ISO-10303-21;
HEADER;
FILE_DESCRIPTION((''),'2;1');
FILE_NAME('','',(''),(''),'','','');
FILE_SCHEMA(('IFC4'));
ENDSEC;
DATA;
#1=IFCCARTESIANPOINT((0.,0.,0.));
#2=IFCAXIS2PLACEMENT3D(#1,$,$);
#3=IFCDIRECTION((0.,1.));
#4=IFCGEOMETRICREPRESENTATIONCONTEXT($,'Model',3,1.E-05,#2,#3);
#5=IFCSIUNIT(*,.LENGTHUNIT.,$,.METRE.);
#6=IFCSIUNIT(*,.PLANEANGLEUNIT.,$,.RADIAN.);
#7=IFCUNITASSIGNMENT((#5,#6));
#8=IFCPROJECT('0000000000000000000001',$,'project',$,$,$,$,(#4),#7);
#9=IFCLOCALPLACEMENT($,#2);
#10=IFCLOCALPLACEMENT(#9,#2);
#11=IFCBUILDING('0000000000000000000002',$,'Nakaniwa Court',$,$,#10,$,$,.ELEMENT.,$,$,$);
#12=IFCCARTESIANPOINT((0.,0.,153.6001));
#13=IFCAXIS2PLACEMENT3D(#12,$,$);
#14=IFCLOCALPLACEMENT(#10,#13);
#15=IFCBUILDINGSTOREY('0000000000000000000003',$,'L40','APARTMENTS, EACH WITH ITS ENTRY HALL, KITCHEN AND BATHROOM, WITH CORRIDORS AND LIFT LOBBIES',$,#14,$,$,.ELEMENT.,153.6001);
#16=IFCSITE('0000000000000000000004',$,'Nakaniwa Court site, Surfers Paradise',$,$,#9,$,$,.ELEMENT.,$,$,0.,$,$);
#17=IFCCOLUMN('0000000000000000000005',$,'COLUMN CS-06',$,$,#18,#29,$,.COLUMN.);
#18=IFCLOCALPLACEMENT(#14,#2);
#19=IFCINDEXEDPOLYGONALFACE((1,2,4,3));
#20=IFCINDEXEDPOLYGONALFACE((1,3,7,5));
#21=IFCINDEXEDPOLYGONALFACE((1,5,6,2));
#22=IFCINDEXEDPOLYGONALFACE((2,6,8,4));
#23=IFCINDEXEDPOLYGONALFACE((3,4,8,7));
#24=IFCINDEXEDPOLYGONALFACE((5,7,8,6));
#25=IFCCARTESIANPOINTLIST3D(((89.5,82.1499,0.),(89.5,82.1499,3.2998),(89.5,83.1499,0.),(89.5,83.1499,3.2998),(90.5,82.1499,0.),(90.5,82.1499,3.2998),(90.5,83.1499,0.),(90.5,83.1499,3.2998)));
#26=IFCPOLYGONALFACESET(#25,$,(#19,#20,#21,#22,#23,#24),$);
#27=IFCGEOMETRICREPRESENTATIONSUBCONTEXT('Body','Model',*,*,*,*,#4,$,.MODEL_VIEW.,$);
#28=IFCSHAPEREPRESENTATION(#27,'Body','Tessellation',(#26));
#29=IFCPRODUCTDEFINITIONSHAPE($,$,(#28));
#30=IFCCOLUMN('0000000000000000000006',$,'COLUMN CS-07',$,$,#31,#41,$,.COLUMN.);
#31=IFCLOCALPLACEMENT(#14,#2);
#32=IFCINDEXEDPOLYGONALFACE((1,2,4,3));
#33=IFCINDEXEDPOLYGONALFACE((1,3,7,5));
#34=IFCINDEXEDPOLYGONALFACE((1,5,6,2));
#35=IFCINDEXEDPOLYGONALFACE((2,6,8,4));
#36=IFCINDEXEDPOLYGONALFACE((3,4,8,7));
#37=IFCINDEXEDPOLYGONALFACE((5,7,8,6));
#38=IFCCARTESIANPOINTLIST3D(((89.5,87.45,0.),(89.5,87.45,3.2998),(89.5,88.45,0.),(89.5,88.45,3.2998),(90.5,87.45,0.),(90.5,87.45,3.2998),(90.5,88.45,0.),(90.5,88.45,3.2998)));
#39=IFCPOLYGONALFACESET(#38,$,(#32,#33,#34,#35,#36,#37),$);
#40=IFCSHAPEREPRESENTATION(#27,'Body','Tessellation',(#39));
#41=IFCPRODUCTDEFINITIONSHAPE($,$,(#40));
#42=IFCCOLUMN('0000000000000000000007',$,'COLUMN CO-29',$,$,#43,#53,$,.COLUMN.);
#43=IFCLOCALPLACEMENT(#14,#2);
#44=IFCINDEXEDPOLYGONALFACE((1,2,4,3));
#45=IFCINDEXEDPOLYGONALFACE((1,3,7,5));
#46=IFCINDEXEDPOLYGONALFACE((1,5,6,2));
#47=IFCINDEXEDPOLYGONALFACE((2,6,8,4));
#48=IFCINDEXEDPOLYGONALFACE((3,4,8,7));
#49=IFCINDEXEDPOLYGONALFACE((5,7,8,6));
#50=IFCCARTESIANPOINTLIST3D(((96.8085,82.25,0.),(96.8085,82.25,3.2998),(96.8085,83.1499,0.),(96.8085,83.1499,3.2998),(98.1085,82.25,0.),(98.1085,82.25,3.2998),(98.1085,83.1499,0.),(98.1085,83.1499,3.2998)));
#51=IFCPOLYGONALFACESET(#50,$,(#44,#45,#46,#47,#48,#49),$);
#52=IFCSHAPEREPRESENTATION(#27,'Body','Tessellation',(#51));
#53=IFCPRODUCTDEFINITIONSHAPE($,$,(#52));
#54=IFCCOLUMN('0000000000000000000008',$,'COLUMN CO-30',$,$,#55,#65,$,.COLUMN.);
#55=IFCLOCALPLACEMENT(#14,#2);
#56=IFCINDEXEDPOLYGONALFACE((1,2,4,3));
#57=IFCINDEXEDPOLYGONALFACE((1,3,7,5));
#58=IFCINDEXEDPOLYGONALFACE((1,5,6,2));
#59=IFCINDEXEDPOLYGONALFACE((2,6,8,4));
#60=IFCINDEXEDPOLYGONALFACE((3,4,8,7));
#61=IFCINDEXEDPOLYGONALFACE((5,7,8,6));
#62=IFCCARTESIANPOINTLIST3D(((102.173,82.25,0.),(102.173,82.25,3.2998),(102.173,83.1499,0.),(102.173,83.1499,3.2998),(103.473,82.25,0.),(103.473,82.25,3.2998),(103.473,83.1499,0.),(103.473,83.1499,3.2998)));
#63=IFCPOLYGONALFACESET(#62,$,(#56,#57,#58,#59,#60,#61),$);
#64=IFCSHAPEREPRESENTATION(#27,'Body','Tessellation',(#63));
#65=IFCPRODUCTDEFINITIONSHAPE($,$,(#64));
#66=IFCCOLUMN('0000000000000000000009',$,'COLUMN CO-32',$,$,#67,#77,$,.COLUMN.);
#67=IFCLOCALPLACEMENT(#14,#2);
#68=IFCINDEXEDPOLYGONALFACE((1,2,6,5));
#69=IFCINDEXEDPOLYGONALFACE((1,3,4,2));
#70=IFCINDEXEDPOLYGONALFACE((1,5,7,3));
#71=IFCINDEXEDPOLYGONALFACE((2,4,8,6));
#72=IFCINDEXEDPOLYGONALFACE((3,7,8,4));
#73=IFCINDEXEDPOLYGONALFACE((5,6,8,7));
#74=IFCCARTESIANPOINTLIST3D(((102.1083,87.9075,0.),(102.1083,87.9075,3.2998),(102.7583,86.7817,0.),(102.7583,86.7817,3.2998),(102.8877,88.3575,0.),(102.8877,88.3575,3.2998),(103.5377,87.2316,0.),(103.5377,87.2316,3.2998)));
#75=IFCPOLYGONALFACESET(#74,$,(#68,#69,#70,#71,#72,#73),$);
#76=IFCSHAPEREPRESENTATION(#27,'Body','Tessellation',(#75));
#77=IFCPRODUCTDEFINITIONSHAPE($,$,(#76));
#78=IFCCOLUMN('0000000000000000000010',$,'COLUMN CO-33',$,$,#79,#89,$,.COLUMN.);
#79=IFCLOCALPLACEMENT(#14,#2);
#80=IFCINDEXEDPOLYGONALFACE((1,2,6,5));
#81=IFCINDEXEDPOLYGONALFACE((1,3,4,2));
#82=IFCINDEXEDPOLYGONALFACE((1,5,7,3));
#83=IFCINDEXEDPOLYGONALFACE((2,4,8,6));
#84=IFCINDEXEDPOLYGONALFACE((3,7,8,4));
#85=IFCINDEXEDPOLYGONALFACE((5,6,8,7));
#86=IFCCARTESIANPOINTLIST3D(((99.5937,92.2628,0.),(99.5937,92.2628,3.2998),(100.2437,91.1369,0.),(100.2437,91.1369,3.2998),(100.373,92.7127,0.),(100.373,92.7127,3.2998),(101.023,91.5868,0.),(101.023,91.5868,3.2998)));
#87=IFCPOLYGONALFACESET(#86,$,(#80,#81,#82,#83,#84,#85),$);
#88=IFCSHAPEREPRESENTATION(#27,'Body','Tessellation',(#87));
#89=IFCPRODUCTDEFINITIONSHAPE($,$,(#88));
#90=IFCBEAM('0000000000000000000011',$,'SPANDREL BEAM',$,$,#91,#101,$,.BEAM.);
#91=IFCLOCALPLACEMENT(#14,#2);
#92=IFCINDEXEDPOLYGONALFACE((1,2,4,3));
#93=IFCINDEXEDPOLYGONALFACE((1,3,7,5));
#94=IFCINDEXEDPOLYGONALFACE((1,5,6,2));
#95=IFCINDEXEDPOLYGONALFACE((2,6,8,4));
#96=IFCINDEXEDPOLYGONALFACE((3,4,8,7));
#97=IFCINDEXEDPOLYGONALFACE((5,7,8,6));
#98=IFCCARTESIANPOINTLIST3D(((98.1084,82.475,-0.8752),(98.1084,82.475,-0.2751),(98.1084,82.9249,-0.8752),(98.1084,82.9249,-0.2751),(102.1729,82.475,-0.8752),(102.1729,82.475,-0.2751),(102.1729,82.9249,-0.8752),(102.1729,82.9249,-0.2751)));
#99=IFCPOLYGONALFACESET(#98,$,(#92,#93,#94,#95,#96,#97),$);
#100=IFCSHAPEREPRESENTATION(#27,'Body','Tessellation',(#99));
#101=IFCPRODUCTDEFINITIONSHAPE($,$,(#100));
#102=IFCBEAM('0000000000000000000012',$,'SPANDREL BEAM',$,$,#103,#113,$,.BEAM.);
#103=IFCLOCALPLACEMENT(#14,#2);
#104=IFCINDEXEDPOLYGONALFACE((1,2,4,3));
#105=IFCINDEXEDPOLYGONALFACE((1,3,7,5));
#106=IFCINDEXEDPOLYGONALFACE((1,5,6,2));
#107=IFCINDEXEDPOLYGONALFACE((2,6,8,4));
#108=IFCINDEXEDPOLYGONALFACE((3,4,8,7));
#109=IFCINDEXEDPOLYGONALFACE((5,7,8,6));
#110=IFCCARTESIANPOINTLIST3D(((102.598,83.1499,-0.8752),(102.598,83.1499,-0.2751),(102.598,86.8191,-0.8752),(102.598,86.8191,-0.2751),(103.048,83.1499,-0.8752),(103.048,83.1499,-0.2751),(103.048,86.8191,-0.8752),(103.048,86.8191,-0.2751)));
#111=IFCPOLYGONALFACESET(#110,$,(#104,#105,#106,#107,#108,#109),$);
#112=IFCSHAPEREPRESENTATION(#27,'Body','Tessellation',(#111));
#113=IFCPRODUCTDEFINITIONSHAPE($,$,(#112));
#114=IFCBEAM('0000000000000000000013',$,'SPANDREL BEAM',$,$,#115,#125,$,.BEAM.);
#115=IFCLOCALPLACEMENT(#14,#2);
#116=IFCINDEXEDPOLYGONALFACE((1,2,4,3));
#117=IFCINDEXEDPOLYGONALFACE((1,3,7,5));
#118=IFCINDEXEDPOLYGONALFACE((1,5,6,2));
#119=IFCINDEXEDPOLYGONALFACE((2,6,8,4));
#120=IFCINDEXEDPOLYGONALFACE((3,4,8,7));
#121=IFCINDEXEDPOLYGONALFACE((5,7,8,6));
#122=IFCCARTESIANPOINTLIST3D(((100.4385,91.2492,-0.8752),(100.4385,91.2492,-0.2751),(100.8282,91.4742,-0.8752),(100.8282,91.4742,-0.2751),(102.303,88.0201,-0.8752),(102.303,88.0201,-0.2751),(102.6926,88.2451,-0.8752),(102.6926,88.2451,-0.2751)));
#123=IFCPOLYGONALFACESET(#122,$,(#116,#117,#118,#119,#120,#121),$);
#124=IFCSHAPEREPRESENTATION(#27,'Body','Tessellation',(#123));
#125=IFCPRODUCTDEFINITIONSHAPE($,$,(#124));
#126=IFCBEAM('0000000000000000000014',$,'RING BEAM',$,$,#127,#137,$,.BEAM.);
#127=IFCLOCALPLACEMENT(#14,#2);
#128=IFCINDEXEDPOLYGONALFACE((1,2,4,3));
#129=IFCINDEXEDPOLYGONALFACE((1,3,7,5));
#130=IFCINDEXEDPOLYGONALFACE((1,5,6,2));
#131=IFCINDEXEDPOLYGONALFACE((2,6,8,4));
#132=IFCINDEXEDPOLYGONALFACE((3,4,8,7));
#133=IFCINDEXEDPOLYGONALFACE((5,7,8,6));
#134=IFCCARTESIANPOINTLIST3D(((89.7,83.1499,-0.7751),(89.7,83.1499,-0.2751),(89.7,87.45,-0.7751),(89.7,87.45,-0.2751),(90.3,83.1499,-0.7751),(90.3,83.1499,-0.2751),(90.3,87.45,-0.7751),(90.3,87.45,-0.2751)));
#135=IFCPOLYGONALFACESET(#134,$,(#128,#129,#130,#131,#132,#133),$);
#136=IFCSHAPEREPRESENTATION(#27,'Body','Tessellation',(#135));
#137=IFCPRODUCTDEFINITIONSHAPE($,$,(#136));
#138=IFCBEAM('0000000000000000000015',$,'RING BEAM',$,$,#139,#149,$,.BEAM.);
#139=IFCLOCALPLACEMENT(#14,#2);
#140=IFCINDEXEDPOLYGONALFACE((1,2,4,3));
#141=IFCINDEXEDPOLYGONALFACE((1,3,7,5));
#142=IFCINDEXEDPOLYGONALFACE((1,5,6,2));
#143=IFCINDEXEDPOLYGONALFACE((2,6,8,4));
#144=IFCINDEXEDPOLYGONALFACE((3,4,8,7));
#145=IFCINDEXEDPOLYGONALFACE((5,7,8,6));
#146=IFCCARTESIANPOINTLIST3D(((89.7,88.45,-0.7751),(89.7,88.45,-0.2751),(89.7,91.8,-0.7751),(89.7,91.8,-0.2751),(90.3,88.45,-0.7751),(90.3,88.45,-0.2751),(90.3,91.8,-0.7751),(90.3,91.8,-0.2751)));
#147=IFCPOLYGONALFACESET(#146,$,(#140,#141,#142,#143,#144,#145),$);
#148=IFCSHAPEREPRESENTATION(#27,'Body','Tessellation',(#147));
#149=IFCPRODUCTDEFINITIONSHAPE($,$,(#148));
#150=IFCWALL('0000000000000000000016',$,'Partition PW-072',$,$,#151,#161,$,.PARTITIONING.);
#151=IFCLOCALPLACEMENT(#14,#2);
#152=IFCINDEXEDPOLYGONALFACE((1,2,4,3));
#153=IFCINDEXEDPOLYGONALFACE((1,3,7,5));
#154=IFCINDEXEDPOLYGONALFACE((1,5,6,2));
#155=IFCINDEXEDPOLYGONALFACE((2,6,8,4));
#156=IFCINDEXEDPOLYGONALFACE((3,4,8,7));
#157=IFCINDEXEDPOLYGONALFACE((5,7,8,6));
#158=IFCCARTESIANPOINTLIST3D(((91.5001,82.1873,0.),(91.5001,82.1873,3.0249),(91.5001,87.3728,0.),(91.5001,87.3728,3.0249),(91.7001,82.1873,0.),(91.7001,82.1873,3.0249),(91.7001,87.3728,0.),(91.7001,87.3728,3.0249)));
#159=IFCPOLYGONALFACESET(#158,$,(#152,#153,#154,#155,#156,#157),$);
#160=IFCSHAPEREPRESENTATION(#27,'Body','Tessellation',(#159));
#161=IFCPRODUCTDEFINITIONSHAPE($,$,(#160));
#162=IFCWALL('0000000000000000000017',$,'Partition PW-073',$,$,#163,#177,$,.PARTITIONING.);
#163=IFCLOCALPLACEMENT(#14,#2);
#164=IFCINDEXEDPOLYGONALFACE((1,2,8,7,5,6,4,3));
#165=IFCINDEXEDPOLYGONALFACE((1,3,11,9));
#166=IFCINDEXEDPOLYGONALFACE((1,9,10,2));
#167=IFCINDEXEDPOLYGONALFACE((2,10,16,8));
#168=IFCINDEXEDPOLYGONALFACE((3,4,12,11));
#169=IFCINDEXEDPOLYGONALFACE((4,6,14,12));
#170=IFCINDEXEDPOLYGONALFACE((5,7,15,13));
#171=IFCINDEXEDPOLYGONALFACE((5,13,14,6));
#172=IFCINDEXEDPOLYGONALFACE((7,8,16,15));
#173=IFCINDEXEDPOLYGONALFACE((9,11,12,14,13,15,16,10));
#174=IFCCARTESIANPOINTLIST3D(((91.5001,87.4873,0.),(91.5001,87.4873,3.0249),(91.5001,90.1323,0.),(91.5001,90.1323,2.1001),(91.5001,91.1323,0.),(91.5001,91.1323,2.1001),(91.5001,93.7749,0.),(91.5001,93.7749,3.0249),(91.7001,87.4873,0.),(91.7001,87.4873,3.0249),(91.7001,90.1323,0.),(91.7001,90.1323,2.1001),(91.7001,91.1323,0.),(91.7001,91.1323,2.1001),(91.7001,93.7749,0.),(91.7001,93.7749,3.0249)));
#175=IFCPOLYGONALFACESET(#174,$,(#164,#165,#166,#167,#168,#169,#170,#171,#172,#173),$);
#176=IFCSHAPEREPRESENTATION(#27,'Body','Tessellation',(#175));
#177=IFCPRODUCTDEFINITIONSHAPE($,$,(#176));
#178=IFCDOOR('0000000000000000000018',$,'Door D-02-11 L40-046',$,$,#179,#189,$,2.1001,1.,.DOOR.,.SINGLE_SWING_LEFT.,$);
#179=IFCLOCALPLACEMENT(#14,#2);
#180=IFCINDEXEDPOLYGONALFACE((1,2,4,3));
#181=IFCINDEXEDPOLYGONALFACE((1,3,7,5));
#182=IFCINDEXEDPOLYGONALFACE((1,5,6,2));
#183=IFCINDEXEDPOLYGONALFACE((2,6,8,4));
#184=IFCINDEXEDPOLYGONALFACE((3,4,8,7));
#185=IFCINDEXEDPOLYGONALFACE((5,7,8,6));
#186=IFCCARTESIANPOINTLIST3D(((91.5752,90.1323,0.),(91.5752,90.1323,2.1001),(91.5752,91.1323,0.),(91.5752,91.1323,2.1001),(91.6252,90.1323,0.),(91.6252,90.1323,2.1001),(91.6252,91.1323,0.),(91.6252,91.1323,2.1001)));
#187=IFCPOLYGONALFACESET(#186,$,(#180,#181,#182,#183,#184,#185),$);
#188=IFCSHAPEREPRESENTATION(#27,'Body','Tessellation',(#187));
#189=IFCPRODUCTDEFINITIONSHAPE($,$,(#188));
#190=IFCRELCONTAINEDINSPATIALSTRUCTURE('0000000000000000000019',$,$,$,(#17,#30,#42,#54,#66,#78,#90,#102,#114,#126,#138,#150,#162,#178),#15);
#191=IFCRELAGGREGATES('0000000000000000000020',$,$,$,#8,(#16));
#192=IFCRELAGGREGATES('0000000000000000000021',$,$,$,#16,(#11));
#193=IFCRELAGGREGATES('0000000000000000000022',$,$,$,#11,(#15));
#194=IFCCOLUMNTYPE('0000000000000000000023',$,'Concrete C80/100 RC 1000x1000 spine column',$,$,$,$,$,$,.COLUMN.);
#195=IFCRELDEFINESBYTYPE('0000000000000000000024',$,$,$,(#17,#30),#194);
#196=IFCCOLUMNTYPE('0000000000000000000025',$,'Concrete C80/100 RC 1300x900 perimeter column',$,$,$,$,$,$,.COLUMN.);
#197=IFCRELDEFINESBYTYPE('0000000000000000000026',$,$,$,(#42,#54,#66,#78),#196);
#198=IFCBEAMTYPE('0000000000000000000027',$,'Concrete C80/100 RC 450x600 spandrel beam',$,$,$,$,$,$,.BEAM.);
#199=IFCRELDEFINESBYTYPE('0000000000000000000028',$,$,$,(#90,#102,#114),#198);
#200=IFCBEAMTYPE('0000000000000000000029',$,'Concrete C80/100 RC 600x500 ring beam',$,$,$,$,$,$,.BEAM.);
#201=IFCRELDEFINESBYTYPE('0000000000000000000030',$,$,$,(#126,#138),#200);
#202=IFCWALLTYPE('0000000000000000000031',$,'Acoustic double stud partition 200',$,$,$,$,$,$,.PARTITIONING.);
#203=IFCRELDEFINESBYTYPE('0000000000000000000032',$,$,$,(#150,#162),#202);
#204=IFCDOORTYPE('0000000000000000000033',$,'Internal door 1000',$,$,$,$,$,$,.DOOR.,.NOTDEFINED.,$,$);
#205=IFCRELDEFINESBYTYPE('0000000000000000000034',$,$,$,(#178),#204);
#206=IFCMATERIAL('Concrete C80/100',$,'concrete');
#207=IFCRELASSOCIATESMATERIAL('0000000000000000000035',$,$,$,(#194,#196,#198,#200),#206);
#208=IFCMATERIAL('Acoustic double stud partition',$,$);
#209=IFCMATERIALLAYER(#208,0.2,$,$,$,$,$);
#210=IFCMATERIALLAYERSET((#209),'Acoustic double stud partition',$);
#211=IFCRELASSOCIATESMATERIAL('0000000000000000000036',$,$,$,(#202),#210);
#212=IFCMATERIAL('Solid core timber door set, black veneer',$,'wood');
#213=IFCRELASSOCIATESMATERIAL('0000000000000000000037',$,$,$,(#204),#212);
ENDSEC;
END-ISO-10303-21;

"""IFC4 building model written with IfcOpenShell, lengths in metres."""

from ifc_helpers import new_model, si_unit, direction, frame, frame_2d, origin, origin_2d, place, context, subcontext, project, spatial, rectangle, extrude, material, layer, layer_set, material_profile, profile_set, type_object, element, fill, save


model = new_model("IFC4")

# Units and contexts
model_context = context("Model", 3, precision=1e-05, world=origin(), true_north=direction((0.0, 1.0)))
body_context = subcontext(model_context, "Body", "Model", "MODEL_VIEW")
ifc_project = project(units=[si_unit("LENGTHUNIT", "METRE"), si_unit("PLANEANGLEUNIT", "RADIAN")], contexts=[model_context])

# Site, building, storey
site_placement = place(None, origin())
site = spatial("IfcSite", under=ifc_project, at=site_placement, Name="Nakaniwa Court site, Surfers Paradise", CompositionType="ELEMENT", RefElevation=0.0)
building_placement = place(site_placement, origin())
building = spatial("IfcBuilding", under=site, at=building_placement, Name="Nakaniwa Court", CompositionType="ELEMENT")
storey_placement = place(building_placement, frame((0.0, 0.0, 153.6001)))
storey = spatial("IfcBuildingStorey", under=building, at=storey_placement, Name="L40", Description="APARTMENTS, EACH WITH ITS ENTRY HALL, KITCHEN AND BATHROOM, WITH CORRIDORS AND LIFT LOBBIES", CompositionType="ELEMENT", Elevation=153.6001)

# Columns
ifc_material_1 = material(Name="Concrete C80/100", Category="concrete")
ifc_material_profile_1 = material_profile(ifc_material_1, rectangle(XDim=1.0, YDim=1.0, at=origin_2d()), Name="Concrete C80/100 RC 1000x1000 spine column")
ifc_profile_set_1 = profile_set([ifc_material_profile_1], Name="Concrete C80/100")
column_type_1 = type_object("IfcColumnType", Name="Concrete C80/100 RC 1000x1000 spine column", PredefinedType="COLUMN", material=ifc_profile_set_1)
for number, where, z_axis, x_axis, name in (
    (1, (90.0, 82.6499, 0.0), (0.0, 0.0, 1.0), (0.0, 1.0, 0.0), "COLUMN CS-06"),
    (2, (90.0, 87.95, 0.0), (0.0, 0.0, 1.0), (0.0, 1.0, 0.0), "COLUMN CS-07"),
):
    element("IfcColumn", number, at=place(storey_placement, frame(where, z_axis=z_axis, x_axis=x_axis)), inside=storey, type_object=column_type_1, Name=name, PredefinedType="COLUMN", context=body_context, shape_type="SweptSolid", body=[
        extrude(rectangle(XDim=1.0, YDim=1.0, at=origin_2d()), origin(), (0.0, 0.0, 1.0), 3.2998),
    ])
ifc_material_profile_2 = material_profile(ifc_material_1, rectangle(XDim=1.3, YDim=0.8999, at=origin_2d()), Name="Concrete C80/100 RC 1300x900 perimeter column")
ifc_profile_set_2 = profile_set([ifc_material_profile_2], Name="Concrete C80/100")
column_type_2 = type_object("IfcColumnType", Name="Concrete C80/100 RC 1300x900 perimeter column", PredefinedType="COLUMN", material=ifc_profile_set_2)
for number, where, z_axis, x_axis, name in (
    (3, (97.4585, 82.7, 0.0), (0.0, 0.0, 1.0), (1.0, 0.0, 0.0), "COLUMN CO-29"),
    (4, (102.823, 82.7, 0.0), (0.0, 0.0, 1.0), (1.0, 0.0, 0.0), "COLUMN CO-30"),
    (5, (102.823, 87.5696, 0.0), (0.0, 0.0, 1.0), (-0.5, 0.866025, 0.0), "COLUMN CO-32"),
    (6, (100.3083, 91.9248, 0.0), (0.0, 0.0, 1.0), (-0.5, 0.866025, 0.0), "COLUMN CO-33"),
):
    element("IfcColumn", number, at=place(storey_placement, frame(where, z_axis=z_axis, x_axis=x_axis)), inside=storey, type_object=column_type_2, Name=name, PredefinedType="COLUMN", context=body_context, shape_type="SweptSolid", body=[
        extrude(rectangle(XDim=1.3, YDim=0.8999, at=origin_2d()), origin(), (0.0, 0.0, 1.0), 3.2998),
    ])

# Beams
ifc_material_profile_3 = material_profile(ifc_material_1, rectangle(XDim=0.45, YDim=0.6001, at=origin_2d()), Name="Concrete C80/100 RC 450x600 spandrel beam")
ifc_profile_set_3 = profile_set([ifc_material_profile_3], Name="Concrete C80/100")
beam_type_1 = type_object("IfcBeamType", Name="Concrete C80/100 RC 450x600 spandrel beam", PredefinedType="BEAM", material=ifc_profile_set_3)
beam_1_placement = place(storey_placement, frame((98.1084, 82.7, -0.5752), z_axis=(1.0, 0.0, 0.0), x_axis=(0.0, 1.0, 0.0)))
element("IfcBeam", 7, at=beam_1_placement, inside=storey, type_object=beam_type_1, Name="SPANDREL BEAM", PredefinedType="BEAM", context=body_context, shape_type="SweptSolid", body=[
    extrude(rectangle(XDim=0.45, YDim=0.6001, at=origin_2d()), origin(), (0.0, 0.0, 1.0), 4.0645),
])
beam_2_placement = place(storey_placement, frame((102.823, 83.1499, -0.5752), z_axis=(0.0, 1.0, 0.0), x_axis=(-1.0, 0.0, 0.0)))
element("IfcBeam", 8, at=beam_2_placement, inside=storey, type_object=beam_type_1, Name="SPANDREL BEAM", PredefinedType="BEAM", context=body_context, shape_type="SweptSolid", body=[
    extrude(rectangle(XDim=0.45, YDim=0.6001, at=origin_2d()), origin(), (0.0, 0.0, 1.0), 3.6692),
])
beam_3_placement = place(storey_placement, frame((102.4978, 88.1326, -0.5752), z_axis=(-0.500019, 0.866014, 0.0), x_axis=(-0.866014, -0.500019, 0.0)))
element("IfcBeam", 9, at=beam_3_placement, inside=storey, type_object=beam_type_1, Name="SPANDREL BEAM", PredefinedType="BEAM", context=body_context, shape_type="SweptSolid", body=[
    extrude(rectangle(XDim=0.45, YDim=0.6001, at=origin_2d()), origin(), (0.0, 0.0, 1.0), 3.7288),
])
ifc_material_profile_4 = material_profile(ifc_material_1, rectangle(XDim=0.6001, YDim=0.5, at=origin_2d()), Name="Concrete C80/100 RC 600x500 ring beam")
ifc_profile_set_4 = profile_set([ifc_material_profile_4], Name="Concrete C80/100")
beam_type_2 = type_object("IfcBeamType", Name="Concrete C80/100 RC 600x500 ring beam", PredefinedType="BEAM", material=ifc_profile_set_4)
beam_4_placement = place(storey_placement, frame((90.0, 83.1499, -0.5251), z_axis=(0.0, 1.0, 0.0), x_axis=(-1.0, 0.0, 0.0)))
element("IfcBeam", 10, at=beam_4_placement, inside=storey, type_object=beam_type_2, Name="RING BEAM", PredefinedType="BEAM", context=body_context, shape_type="SweptSolid", body=[
    extrude(rectangle(XDim=0.6001, YDim=0.5, at=origin_2d()), origin(), (0.0, 0.0, 1.0), 4.3),
])
beam_5_placement = place(storey_placement, frame((90.0, 88.45, -0.5251), z_axis=(0.0, 1.0, 0.0), x_axis=(-1.0, 0.0, 0.0)))
element("IfcBeam", 11, at=beam_5_placement, inside=storey, type_object=beam_type_2, Name="RING BEAM", PredefinedType="BEAM", context=body_context, shape_type="SweptSolid", body=[
    extrude(rectangle(XDim=0.6001, YDim=0.5, at=origin_2d()), origin(), (0.0, 0.0, 1.0), 3.3501),
])

# Wall
ifc_material_2 = material(Name="Acoustic double stud partition")
ifc_layer_1 = layer(ifc_material_2, 0.2)
ifc_layer_set_1 = layer_set([ifc_layer_1], Name="Acoustic double stud partition")
wall_type_1 = type_object("IfcWallType", Name="Acoustic double stud partition 200", PredefinedType="PARTITIONING", material=ifc_layer_set_1)
wall_1_placement = place(storey_placement, frame((91.6001, 82.1873, 0.0), z_axis=(0.0, 0.0, 1.0), x_axis=(0.0, 1.0, 0.0)))
element("IfcWall", 12, at=wall_1_placement, inside=storey, type_object=wall_type_1, Name="Partition PW-072", PredefinedType="PARTITIONING", context=body_context, shape_type="SweptSolid", body=[
    extrude(rectangle(XDim=5.1855, YDim=0.2, at=frame_2d((2.5928, 0.0))), origin(), (0.0, 0.0, 1.0), 3.0249),
])

# Wall, opening, door
wall_2_placement = place(storey_placement, frame((91.6001, 87.4873, 0.0), z_axis=(0.0, 0.0, 1.0), x_axis=(0.0, 1.0, 0.0)))
wall_2 = element("IfcWall", 13, at=wall_2_placement, inside=storey, type_object=wall_type_1, Name="Partition PW-073", PredefinedType="PARTITIONING", context=body_context, shape_type="SweptSolid", body=[
    extrude(rectangle(XDim=6.2876, YDim=0.2, at=frame_2d((3.1438, 0.0))), origin(), (0.0, 0.0, 1.0), 3.0249),
])
opening_1_placement = place(wall_2_placement, frame((2.645, 0.0, 0.0)))
opening_1 = element("IfcOpeningElement", 14, at=opening_1_placement, cuts=wall_2, PredefinedType="OPENING", context=body_context, shape_type="SweptSolid", body=[
    extrude(rectangle(XDim=1.0, YDim=2.1001, at=frame_2d((0.5, 1.05))), frame((0.0, 0.1099, 0.0), z_axis=(0.0, -1.0, 0.0), x_axis=(1.0, 0.0, 0.0)), (0.0, 0.0, 1.0), 0.22),
])
ifc_material_3 = material(Name="Solid core timber door set, black veneer", Category="wood")
door_type_1 = type_object("IfcDoorType", Name="Internal door 1000", OperationType="NOTDEFINED", PredefinedType="DOOR", material=ifc_material_3)
door_1_placement = place(opening_1_placement, origin())
door_1 = element("IfcDoor", 15, at=door_1_placement, inside=storey, type_object=door_type_1, Name="Door D-02-11 L40-046", OperationType="SINGLE_SWING_LEFT", OverallHeight=2.1001, OverallWidth=1.0, PredefinedType="DOOR", context=body_context, shape_type="SweptSolid", body=[
    extrude(rectangle(XDim=1.0, YDim=2.1001, at=frame_2d((0.5, 1.05))), frame((0.0, 0.0249, 0.0), z_axis=(0.0, -1.0, 0.0), x_axis=(1.0, 0.0, 0.0)), (0.0, 0.0, 1.0), 0.05),
])
fill(opening_1, door_1)

save(model, "model.ifc")
